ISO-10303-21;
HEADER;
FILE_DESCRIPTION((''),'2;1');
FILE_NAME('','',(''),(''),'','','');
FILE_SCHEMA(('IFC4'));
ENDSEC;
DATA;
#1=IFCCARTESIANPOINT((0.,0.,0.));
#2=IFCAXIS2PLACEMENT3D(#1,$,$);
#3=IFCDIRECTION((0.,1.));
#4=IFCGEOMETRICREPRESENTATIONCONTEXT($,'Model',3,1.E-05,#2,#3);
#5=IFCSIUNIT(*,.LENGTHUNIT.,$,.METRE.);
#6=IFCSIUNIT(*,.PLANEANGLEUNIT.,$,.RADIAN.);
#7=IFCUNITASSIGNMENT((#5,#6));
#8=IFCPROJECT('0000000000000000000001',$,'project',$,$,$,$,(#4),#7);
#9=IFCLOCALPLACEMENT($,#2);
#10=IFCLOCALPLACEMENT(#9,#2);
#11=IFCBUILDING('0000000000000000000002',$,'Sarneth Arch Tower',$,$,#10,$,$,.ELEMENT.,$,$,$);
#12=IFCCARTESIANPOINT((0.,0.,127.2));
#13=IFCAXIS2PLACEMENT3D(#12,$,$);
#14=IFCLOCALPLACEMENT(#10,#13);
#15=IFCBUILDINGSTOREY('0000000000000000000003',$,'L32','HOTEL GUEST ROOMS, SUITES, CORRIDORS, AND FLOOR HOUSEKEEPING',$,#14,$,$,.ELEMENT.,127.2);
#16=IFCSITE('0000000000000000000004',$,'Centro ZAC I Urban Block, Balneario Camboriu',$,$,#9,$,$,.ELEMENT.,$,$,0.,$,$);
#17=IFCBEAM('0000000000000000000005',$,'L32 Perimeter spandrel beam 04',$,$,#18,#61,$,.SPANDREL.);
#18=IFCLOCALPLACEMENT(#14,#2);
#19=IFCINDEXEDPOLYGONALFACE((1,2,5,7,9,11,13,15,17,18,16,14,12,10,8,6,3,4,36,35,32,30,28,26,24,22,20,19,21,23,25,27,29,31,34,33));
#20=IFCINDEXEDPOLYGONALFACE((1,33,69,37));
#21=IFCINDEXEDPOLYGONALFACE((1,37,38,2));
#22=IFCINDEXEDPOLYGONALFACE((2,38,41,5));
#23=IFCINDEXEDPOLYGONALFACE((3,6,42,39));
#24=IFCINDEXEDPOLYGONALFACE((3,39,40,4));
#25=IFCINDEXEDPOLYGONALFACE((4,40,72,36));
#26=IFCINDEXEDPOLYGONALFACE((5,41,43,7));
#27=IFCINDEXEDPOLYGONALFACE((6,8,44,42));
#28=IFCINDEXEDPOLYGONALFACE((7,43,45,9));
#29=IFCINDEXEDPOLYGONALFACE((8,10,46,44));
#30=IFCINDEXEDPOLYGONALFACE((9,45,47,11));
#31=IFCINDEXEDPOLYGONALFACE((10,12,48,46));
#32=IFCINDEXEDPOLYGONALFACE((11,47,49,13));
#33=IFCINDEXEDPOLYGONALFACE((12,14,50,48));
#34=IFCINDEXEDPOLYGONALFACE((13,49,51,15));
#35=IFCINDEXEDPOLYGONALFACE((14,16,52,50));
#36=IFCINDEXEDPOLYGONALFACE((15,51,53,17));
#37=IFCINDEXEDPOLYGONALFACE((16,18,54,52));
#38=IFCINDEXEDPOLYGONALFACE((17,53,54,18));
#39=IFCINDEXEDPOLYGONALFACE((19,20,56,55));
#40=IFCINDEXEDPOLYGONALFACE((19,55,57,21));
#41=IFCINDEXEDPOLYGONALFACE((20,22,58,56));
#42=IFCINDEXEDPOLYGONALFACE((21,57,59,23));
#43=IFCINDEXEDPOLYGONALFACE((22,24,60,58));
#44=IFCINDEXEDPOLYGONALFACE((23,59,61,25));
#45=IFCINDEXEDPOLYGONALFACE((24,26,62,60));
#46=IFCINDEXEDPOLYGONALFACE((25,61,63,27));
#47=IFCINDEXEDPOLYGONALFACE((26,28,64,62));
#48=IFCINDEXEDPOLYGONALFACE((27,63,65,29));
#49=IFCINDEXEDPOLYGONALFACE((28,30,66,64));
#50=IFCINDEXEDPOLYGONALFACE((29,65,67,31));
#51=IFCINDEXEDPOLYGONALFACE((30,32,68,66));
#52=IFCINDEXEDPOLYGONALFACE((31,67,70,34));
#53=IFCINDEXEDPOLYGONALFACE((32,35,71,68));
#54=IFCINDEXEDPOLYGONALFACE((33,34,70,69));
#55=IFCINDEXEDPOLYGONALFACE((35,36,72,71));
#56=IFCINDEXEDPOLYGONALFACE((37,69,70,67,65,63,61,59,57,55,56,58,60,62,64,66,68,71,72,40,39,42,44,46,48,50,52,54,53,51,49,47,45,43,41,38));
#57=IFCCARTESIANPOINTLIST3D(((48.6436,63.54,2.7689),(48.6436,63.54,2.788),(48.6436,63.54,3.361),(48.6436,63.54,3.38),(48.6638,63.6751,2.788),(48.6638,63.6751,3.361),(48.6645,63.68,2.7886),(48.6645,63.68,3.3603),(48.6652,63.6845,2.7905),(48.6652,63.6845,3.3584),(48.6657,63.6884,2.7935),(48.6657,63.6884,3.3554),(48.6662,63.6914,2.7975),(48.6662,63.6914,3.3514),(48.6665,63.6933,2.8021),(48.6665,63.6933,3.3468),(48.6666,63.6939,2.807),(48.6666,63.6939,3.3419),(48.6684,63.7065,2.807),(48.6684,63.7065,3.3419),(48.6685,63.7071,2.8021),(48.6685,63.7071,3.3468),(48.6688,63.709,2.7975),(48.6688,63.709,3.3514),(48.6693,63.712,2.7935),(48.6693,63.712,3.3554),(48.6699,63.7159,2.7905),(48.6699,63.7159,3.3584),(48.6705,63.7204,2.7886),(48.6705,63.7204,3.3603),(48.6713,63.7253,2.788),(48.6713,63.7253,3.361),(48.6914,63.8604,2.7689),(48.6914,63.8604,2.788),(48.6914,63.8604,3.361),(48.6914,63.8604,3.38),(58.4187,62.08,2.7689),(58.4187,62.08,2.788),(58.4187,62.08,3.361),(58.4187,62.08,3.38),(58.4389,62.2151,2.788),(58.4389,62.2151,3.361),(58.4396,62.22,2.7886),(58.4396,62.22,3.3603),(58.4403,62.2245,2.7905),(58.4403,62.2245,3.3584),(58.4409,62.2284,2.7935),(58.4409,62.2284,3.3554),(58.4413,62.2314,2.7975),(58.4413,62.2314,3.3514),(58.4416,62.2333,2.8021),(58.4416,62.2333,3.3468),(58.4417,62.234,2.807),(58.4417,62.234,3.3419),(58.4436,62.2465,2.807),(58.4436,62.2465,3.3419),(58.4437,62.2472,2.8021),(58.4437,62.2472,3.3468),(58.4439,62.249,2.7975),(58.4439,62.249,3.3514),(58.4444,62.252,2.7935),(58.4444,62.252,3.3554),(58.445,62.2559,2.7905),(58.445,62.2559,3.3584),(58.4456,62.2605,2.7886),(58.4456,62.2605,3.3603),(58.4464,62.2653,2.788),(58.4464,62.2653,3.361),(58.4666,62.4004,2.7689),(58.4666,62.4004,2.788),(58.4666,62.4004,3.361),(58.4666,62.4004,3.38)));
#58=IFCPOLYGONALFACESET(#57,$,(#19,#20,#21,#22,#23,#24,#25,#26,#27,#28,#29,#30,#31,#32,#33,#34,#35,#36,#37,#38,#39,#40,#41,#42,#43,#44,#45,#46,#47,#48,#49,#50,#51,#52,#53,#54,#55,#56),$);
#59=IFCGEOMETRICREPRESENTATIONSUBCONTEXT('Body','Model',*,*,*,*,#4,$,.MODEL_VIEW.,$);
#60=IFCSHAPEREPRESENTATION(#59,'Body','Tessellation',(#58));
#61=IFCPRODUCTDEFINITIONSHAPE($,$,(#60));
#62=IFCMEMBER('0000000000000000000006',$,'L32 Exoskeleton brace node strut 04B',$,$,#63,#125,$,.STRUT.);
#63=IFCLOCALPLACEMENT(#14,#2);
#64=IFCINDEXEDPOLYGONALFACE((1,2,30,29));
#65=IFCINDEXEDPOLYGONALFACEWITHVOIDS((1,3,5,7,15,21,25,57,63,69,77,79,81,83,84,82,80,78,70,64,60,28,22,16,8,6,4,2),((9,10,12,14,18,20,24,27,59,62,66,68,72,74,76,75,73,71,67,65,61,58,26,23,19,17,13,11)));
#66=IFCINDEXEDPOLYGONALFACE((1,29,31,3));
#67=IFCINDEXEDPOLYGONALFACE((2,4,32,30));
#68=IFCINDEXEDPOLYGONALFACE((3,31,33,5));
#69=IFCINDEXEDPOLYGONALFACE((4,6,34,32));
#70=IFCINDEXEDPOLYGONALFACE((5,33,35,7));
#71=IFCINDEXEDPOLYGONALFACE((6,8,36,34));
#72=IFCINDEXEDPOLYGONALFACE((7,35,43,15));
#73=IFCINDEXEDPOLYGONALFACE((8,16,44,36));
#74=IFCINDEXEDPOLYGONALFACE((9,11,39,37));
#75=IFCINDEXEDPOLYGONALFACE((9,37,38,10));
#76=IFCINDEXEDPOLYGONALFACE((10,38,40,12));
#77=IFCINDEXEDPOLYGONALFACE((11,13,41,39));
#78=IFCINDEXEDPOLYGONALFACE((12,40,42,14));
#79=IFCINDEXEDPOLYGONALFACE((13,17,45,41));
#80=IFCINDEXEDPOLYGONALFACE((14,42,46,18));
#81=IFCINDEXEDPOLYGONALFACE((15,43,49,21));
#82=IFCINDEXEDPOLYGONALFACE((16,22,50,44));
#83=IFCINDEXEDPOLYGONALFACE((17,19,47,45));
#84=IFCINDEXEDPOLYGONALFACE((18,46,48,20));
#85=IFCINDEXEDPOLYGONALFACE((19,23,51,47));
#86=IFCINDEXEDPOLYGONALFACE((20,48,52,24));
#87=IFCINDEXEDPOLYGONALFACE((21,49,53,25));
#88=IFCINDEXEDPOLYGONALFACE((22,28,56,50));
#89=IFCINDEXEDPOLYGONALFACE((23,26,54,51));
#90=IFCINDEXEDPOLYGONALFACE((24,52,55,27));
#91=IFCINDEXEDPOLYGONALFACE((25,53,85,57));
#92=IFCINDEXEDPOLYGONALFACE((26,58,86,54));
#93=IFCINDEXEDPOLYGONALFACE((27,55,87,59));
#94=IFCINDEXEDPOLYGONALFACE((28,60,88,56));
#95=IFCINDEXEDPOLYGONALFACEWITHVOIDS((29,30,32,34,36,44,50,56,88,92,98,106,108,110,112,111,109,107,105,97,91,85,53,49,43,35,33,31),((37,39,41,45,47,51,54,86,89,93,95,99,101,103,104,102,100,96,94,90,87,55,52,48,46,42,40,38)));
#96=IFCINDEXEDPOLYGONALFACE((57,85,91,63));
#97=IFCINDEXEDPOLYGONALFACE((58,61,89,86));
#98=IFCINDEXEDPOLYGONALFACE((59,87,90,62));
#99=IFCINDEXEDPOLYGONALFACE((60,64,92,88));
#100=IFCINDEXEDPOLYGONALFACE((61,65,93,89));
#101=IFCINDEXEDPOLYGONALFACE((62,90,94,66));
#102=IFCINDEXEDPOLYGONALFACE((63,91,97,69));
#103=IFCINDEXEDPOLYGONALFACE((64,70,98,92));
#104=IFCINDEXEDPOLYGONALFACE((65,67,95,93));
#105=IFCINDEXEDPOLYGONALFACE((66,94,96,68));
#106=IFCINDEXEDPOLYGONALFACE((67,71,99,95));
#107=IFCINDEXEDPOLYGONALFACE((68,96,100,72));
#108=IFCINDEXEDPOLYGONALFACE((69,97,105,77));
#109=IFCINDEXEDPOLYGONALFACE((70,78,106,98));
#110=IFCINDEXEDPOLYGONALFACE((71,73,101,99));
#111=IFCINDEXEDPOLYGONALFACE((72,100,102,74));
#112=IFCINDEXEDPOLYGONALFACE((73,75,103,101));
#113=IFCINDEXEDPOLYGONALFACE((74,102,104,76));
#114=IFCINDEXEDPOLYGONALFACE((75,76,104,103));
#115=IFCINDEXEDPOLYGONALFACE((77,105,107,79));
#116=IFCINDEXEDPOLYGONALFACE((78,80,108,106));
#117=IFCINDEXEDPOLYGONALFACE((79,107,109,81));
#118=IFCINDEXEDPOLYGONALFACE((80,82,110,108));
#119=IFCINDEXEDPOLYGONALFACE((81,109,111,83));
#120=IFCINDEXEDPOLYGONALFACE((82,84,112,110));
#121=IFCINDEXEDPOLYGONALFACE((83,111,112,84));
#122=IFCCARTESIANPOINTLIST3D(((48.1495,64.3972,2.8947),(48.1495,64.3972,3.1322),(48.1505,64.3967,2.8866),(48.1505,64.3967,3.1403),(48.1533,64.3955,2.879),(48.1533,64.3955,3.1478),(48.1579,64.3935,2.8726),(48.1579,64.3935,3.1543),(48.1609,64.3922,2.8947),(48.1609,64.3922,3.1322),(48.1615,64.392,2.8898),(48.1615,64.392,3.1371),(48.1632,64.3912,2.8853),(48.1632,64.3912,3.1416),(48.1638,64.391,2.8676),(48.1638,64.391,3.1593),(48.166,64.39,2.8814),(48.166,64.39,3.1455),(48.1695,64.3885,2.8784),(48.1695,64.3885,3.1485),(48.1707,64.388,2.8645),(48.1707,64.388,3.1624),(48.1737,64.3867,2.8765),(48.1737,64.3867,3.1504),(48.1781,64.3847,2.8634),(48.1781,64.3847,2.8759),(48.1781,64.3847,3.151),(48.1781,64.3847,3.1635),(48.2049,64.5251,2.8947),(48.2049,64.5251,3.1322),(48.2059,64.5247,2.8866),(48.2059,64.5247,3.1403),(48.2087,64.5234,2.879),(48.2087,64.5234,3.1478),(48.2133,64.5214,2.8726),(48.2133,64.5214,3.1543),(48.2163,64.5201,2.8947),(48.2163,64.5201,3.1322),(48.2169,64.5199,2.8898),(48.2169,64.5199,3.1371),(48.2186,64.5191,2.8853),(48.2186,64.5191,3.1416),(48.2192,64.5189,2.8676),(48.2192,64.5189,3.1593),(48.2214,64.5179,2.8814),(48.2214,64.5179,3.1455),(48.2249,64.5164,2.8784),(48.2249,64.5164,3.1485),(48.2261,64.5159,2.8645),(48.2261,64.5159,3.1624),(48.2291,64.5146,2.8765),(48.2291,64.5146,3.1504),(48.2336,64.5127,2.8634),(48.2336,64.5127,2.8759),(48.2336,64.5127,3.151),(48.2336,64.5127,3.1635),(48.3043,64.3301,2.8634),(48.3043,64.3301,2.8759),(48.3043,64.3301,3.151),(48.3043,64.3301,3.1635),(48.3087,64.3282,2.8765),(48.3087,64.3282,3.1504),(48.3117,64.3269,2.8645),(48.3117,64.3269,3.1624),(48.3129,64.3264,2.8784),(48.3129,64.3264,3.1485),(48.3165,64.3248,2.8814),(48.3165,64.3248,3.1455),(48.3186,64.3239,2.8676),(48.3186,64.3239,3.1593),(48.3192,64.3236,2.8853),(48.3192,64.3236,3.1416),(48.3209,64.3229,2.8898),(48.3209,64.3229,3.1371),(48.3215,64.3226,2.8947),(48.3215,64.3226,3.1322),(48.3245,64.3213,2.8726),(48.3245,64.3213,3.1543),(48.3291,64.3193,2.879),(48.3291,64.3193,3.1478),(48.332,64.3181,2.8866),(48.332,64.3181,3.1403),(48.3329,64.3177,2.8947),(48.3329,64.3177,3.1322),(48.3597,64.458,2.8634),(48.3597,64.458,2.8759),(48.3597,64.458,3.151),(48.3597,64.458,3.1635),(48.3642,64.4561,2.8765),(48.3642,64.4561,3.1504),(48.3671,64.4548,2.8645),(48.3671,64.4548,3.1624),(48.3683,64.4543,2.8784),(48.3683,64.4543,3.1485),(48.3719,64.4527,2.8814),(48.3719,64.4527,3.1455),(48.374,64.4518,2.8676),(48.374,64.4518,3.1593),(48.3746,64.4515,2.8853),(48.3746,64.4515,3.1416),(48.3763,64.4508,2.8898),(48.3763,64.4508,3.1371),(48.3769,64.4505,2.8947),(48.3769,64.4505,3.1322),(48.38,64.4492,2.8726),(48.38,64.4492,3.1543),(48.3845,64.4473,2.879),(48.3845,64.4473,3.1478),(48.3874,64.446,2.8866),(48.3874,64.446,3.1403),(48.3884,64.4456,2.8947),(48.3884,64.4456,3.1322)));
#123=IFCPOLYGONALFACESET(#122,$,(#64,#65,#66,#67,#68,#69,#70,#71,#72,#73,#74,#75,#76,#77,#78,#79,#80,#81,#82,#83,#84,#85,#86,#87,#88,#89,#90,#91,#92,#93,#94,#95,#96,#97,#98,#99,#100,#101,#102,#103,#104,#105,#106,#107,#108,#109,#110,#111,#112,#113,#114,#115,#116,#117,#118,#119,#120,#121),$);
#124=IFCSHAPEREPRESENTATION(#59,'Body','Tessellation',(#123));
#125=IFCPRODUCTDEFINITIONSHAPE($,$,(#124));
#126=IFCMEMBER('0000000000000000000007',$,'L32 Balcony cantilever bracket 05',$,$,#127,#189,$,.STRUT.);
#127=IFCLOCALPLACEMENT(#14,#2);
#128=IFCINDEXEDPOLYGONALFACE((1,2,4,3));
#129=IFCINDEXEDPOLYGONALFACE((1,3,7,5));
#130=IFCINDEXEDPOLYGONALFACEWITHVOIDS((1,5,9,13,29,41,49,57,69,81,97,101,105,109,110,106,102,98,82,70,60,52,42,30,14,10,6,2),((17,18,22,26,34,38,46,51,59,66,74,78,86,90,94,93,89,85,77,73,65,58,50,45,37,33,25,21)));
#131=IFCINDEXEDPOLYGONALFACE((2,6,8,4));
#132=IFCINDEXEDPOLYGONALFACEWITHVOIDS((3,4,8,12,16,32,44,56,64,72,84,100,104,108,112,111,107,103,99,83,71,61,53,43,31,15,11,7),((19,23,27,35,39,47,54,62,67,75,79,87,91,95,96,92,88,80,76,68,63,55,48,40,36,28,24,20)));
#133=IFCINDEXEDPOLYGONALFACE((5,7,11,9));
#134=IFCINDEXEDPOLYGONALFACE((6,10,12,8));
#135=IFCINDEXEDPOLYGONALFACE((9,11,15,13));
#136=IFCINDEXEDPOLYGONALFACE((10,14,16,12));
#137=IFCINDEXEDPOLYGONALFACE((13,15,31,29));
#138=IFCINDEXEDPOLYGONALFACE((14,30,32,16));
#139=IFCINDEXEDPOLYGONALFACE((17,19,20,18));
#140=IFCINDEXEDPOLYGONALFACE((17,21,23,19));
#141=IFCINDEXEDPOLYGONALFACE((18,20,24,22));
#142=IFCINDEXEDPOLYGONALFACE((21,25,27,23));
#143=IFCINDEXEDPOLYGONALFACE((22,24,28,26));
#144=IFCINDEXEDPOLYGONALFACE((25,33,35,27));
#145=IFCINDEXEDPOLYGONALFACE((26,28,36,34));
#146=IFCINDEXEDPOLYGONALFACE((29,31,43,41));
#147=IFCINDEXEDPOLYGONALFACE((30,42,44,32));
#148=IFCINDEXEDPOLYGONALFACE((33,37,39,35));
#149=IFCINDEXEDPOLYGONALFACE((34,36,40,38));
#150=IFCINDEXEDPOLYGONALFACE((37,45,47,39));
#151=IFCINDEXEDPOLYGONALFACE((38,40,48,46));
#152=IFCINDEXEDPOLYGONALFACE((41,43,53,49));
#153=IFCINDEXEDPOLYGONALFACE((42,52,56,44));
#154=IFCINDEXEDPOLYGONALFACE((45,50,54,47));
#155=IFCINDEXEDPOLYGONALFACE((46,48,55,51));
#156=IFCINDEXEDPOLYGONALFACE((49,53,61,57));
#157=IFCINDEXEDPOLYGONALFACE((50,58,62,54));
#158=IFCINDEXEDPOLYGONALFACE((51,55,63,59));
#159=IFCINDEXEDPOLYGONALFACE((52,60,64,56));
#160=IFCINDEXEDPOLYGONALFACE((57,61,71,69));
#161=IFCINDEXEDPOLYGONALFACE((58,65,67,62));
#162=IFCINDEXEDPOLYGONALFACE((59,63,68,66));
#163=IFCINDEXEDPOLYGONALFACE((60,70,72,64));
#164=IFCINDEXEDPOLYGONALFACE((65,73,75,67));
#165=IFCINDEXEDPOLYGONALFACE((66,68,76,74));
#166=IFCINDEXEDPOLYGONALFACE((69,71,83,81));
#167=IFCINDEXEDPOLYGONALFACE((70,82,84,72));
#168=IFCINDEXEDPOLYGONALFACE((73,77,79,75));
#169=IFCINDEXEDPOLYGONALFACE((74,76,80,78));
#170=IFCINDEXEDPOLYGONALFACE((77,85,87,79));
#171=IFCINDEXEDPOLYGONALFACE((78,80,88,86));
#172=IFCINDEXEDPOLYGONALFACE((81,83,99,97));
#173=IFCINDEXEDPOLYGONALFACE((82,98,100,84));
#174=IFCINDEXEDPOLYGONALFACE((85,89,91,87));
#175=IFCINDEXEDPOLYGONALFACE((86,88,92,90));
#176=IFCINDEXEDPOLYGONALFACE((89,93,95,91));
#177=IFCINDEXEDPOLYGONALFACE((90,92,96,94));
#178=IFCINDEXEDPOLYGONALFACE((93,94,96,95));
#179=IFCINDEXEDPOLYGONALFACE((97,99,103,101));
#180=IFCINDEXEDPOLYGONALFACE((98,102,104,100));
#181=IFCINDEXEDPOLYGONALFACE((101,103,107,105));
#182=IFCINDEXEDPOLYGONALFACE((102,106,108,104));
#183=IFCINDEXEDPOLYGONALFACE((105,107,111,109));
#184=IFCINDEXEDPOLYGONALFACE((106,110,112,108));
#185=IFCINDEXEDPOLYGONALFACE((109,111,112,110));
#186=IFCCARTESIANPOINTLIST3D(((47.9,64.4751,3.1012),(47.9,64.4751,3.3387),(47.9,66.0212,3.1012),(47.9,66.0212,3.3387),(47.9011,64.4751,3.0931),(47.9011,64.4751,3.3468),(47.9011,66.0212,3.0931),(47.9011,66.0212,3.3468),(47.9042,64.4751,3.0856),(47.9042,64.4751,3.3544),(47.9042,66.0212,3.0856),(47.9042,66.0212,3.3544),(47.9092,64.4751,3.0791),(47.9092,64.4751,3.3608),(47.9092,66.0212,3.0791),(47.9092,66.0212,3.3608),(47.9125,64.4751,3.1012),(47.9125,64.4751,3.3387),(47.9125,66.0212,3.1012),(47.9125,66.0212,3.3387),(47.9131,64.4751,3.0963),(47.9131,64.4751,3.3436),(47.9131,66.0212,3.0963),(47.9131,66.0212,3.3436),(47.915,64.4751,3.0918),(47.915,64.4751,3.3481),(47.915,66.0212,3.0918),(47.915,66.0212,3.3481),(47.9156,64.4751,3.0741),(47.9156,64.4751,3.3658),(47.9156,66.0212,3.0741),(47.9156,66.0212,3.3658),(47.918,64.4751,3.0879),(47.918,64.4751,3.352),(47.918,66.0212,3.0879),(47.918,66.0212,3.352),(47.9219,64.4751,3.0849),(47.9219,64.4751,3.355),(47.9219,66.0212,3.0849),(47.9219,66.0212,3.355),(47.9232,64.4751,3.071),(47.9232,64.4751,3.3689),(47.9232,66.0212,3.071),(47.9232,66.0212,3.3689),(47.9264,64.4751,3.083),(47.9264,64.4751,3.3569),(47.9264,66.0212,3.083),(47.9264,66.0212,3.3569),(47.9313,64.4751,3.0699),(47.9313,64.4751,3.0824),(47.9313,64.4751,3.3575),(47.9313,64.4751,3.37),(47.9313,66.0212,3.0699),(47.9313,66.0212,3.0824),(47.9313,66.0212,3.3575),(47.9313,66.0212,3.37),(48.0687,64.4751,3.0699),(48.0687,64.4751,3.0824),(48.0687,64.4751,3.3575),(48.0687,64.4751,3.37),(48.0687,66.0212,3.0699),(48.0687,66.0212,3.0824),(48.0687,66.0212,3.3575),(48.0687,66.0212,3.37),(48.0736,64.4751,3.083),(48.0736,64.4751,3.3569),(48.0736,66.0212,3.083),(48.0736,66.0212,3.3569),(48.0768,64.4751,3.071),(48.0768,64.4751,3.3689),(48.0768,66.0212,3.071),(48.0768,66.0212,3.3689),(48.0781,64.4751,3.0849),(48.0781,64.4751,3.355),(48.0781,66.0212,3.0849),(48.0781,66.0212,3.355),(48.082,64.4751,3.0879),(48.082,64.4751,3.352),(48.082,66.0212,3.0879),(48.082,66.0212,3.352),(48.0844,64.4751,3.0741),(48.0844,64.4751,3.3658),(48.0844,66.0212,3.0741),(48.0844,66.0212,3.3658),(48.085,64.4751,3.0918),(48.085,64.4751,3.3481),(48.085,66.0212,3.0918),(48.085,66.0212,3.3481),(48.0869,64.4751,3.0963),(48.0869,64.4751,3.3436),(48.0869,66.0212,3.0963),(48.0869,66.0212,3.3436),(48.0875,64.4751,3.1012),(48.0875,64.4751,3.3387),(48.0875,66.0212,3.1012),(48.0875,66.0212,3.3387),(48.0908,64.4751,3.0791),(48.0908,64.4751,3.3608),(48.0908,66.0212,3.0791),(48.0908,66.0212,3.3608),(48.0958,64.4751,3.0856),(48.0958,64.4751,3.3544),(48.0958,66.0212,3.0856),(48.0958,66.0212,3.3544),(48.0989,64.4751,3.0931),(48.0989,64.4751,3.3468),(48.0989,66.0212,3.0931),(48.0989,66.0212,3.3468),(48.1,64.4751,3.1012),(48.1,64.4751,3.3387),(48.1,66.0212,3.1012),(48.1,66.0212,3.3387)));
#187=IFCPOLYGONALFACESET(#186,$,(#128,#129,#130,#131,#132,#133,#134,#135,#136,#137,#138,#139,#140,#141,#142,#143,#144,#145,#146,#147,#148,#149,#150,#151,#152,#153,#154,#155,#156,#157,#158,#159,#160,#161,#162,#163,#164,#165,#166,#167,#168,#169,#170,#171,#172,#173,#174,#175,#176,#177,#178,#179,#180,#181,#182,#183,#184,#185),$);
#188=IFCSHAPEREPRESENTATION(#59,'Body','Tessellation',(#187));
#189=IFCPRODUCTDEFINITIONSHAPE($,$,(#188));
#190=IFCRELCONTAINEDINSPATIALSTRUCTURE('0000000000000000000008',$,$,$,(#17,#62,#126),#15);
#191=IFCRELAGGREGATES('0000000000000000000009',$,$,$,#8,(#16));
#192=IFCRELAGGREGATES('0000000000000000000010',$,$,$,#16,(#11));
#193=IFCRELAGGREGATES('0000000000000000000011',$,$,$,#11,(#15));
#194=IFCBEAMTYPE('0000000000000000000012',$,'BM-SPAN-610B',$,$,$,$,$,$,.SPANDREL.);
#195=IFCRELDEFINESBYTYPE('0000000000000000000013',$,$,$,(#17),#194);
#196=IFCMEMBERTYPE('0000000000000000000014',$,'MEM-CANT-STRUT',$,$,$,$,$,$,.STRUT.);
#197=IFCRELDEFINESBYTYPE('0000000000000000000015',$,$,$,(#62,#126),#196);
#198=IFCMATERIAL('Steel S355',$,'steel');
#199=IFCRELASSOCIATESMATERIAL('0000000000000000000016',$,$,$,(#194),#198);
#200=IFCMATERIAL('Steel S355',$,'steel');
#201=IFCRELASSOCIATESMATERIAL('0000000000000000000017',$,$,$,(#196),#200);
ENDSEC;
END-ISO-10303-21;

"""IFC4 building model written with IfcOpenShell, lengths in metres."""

from ifc_helpers import new_model, si_unit, direction, frame, origin, origin_2d, place, context, subcontext, project, spatial, hollow_rectangle, i_section, extrude, material, material_profile, profile_set, type_object, element, save


model = new_model("IFC4")

# Units and contexts
model_context = context("Model", 3, precision=1e-05, world=origin(), true_north=direction((0.0, 1.0)))
body_context = subcontext(model_context, "Body", "Model", "MODEL_VIEW")
ifc_project = project(units=[si_unit("LENGTHUNIT", "METRE"), si_unit("PLANEANGLEUNIT", "RADIAN")], contexts=[model_context])

# Site, building, storey
site_placement = place(None, origin())
site = spatial("IfcSite", under=ifc_project, at=site_placement, Name="Centro ZAC I Urban Block, Balneario Camboriu", CompositionType="ELEMENT", RefElevation=0.0)
building_placement = place(site_placement, origin())
building = spatial("IfcBuilding", under=site, at=building_placement, Name="Sarneth Arch Tower", CompositionType="ELEMENT")
storey_placement = place(building_placement, frame((0.0, 0.0, 127.2)))
storey = spatial("IfcBuildingStorey", under=building, at=storey_placement, Name="L32", Description="HOTEL GUEST ROOMS, SUITES, CORRIDORS, AND FLOOR HOUSEKEEPING", CompositionType="ELEMENT", Elevation=127.2)

# Beam
ifc_material_1 = material(Name="Steel S355", Category="steel")
ifc_material_profile_1 = material_profile(ifc_material_1, i_section(OverallWidth=0.324, OverallDepth=0.6111, WebThickness=0.0127, FlangeThickness=0.019, FilletRadius=0.019, at=origin_2d()), Name="W610x155")
ifc_profile_set_1 = profile_set([ifc_material_profile_1], Name="Steel S355")
beam_type_1 = type_object("IfcBeamType", Name="BM-SPAN-610B", PredefinedType="SPANDREL", material=ifc_profile_set_1)
beam_1_placement = place(storey_placement, frame((58.4426, 62.2402, 3.0745), z_axis=(-0.98903, 0.147716, 0.0), x_axis=(-0.147716, -0.98903, 0.0)))
element("IfcBeam", 1, at=beam_1_placement, inside=storey, type_object=beam_type_1, Name="L32 Perimeter spandrel beam 04", PredefinedType="SPANDREL", context=body_context, shape_type="SweptSolid", body=[
    extrude(i_section(OverallWidth=0.324, OverallDepth=0.6111, WebThickness=0.0127, FlangeThickness=0.019, FilletRadius=0.019, at=origin_2d()), origin(), (0.0, 0.0, 1.0), 9.8835),
])

# Members
ifc_material_2 = material(Name="Steel S355", Category="steel")
ifc_material_profile_2 = material_profile(ifc_material_2, hollow_rectangle(XDim=0.2, YDim=0.3, WallThickness=0.0125, InnerFilletRadius=0.0188, OuterFilletRadius=0.0312, at=origin_2d()), Name="RHS300x200x12.5")
ifc_profile_set_2 = profile_set([ifc_material_profile_2], Name="Steel S355")
member_type_1 = type_object("IfcMemberType", Name="MEM-CANT-STRUT", PredefinedType="STRUT", material=ifc_profile_set_2)
member_1_placement = place(storey_placement, frame((48.2412, 64.3574, 3.0134), z_axis=(0.397509, 0.917598, 0.0), x_axis=(-0.917598, 0.397509, 0.0)))
element("IfcMember", 2, at=member_1_placement, inside=storey, type_object=member_type_1, Name="L32 Exoskeleton brace node strut 04B", PredefinedType="STRUT", context=body_context, shape_type="SweptSolid", body=[
    extrude(hollow_rectangle(XDim=0.2, YDim=0.3, WallThickness=0.0125, InnerFilletRadius=0.0188, OuterFilletRadius=0.0312, at=origin_2d()), origin(), (0.0, 0.0, 1.0), 0.1394),
])
member_2_placement = place(storey_placement, frame((48.0, 64.4751, 3.22), z_axis=(0.0, 1.0, 0.0), x_axis=(-1.0, 0.0, 0.0)))
element("IfcMember", 3, at=member_2_placement, inside=storey, type_object=member_type_1, Name="L32 Balcony cantilever bracket 05", PredefinedType="STRUT", context=body_context, shape_type="SweptSolid", body=[
    extrude(hollow_rectangle(XDim=0.2, YDim=0.3, WallThickness=0.0125, InnerFilletRadius=0.0188, OuterFilletRadius=0.0312, at=origin_2d()), origin(), (0.0, 0.0, 1.0), 1.5461),
])

save(model, "model.ifc")
